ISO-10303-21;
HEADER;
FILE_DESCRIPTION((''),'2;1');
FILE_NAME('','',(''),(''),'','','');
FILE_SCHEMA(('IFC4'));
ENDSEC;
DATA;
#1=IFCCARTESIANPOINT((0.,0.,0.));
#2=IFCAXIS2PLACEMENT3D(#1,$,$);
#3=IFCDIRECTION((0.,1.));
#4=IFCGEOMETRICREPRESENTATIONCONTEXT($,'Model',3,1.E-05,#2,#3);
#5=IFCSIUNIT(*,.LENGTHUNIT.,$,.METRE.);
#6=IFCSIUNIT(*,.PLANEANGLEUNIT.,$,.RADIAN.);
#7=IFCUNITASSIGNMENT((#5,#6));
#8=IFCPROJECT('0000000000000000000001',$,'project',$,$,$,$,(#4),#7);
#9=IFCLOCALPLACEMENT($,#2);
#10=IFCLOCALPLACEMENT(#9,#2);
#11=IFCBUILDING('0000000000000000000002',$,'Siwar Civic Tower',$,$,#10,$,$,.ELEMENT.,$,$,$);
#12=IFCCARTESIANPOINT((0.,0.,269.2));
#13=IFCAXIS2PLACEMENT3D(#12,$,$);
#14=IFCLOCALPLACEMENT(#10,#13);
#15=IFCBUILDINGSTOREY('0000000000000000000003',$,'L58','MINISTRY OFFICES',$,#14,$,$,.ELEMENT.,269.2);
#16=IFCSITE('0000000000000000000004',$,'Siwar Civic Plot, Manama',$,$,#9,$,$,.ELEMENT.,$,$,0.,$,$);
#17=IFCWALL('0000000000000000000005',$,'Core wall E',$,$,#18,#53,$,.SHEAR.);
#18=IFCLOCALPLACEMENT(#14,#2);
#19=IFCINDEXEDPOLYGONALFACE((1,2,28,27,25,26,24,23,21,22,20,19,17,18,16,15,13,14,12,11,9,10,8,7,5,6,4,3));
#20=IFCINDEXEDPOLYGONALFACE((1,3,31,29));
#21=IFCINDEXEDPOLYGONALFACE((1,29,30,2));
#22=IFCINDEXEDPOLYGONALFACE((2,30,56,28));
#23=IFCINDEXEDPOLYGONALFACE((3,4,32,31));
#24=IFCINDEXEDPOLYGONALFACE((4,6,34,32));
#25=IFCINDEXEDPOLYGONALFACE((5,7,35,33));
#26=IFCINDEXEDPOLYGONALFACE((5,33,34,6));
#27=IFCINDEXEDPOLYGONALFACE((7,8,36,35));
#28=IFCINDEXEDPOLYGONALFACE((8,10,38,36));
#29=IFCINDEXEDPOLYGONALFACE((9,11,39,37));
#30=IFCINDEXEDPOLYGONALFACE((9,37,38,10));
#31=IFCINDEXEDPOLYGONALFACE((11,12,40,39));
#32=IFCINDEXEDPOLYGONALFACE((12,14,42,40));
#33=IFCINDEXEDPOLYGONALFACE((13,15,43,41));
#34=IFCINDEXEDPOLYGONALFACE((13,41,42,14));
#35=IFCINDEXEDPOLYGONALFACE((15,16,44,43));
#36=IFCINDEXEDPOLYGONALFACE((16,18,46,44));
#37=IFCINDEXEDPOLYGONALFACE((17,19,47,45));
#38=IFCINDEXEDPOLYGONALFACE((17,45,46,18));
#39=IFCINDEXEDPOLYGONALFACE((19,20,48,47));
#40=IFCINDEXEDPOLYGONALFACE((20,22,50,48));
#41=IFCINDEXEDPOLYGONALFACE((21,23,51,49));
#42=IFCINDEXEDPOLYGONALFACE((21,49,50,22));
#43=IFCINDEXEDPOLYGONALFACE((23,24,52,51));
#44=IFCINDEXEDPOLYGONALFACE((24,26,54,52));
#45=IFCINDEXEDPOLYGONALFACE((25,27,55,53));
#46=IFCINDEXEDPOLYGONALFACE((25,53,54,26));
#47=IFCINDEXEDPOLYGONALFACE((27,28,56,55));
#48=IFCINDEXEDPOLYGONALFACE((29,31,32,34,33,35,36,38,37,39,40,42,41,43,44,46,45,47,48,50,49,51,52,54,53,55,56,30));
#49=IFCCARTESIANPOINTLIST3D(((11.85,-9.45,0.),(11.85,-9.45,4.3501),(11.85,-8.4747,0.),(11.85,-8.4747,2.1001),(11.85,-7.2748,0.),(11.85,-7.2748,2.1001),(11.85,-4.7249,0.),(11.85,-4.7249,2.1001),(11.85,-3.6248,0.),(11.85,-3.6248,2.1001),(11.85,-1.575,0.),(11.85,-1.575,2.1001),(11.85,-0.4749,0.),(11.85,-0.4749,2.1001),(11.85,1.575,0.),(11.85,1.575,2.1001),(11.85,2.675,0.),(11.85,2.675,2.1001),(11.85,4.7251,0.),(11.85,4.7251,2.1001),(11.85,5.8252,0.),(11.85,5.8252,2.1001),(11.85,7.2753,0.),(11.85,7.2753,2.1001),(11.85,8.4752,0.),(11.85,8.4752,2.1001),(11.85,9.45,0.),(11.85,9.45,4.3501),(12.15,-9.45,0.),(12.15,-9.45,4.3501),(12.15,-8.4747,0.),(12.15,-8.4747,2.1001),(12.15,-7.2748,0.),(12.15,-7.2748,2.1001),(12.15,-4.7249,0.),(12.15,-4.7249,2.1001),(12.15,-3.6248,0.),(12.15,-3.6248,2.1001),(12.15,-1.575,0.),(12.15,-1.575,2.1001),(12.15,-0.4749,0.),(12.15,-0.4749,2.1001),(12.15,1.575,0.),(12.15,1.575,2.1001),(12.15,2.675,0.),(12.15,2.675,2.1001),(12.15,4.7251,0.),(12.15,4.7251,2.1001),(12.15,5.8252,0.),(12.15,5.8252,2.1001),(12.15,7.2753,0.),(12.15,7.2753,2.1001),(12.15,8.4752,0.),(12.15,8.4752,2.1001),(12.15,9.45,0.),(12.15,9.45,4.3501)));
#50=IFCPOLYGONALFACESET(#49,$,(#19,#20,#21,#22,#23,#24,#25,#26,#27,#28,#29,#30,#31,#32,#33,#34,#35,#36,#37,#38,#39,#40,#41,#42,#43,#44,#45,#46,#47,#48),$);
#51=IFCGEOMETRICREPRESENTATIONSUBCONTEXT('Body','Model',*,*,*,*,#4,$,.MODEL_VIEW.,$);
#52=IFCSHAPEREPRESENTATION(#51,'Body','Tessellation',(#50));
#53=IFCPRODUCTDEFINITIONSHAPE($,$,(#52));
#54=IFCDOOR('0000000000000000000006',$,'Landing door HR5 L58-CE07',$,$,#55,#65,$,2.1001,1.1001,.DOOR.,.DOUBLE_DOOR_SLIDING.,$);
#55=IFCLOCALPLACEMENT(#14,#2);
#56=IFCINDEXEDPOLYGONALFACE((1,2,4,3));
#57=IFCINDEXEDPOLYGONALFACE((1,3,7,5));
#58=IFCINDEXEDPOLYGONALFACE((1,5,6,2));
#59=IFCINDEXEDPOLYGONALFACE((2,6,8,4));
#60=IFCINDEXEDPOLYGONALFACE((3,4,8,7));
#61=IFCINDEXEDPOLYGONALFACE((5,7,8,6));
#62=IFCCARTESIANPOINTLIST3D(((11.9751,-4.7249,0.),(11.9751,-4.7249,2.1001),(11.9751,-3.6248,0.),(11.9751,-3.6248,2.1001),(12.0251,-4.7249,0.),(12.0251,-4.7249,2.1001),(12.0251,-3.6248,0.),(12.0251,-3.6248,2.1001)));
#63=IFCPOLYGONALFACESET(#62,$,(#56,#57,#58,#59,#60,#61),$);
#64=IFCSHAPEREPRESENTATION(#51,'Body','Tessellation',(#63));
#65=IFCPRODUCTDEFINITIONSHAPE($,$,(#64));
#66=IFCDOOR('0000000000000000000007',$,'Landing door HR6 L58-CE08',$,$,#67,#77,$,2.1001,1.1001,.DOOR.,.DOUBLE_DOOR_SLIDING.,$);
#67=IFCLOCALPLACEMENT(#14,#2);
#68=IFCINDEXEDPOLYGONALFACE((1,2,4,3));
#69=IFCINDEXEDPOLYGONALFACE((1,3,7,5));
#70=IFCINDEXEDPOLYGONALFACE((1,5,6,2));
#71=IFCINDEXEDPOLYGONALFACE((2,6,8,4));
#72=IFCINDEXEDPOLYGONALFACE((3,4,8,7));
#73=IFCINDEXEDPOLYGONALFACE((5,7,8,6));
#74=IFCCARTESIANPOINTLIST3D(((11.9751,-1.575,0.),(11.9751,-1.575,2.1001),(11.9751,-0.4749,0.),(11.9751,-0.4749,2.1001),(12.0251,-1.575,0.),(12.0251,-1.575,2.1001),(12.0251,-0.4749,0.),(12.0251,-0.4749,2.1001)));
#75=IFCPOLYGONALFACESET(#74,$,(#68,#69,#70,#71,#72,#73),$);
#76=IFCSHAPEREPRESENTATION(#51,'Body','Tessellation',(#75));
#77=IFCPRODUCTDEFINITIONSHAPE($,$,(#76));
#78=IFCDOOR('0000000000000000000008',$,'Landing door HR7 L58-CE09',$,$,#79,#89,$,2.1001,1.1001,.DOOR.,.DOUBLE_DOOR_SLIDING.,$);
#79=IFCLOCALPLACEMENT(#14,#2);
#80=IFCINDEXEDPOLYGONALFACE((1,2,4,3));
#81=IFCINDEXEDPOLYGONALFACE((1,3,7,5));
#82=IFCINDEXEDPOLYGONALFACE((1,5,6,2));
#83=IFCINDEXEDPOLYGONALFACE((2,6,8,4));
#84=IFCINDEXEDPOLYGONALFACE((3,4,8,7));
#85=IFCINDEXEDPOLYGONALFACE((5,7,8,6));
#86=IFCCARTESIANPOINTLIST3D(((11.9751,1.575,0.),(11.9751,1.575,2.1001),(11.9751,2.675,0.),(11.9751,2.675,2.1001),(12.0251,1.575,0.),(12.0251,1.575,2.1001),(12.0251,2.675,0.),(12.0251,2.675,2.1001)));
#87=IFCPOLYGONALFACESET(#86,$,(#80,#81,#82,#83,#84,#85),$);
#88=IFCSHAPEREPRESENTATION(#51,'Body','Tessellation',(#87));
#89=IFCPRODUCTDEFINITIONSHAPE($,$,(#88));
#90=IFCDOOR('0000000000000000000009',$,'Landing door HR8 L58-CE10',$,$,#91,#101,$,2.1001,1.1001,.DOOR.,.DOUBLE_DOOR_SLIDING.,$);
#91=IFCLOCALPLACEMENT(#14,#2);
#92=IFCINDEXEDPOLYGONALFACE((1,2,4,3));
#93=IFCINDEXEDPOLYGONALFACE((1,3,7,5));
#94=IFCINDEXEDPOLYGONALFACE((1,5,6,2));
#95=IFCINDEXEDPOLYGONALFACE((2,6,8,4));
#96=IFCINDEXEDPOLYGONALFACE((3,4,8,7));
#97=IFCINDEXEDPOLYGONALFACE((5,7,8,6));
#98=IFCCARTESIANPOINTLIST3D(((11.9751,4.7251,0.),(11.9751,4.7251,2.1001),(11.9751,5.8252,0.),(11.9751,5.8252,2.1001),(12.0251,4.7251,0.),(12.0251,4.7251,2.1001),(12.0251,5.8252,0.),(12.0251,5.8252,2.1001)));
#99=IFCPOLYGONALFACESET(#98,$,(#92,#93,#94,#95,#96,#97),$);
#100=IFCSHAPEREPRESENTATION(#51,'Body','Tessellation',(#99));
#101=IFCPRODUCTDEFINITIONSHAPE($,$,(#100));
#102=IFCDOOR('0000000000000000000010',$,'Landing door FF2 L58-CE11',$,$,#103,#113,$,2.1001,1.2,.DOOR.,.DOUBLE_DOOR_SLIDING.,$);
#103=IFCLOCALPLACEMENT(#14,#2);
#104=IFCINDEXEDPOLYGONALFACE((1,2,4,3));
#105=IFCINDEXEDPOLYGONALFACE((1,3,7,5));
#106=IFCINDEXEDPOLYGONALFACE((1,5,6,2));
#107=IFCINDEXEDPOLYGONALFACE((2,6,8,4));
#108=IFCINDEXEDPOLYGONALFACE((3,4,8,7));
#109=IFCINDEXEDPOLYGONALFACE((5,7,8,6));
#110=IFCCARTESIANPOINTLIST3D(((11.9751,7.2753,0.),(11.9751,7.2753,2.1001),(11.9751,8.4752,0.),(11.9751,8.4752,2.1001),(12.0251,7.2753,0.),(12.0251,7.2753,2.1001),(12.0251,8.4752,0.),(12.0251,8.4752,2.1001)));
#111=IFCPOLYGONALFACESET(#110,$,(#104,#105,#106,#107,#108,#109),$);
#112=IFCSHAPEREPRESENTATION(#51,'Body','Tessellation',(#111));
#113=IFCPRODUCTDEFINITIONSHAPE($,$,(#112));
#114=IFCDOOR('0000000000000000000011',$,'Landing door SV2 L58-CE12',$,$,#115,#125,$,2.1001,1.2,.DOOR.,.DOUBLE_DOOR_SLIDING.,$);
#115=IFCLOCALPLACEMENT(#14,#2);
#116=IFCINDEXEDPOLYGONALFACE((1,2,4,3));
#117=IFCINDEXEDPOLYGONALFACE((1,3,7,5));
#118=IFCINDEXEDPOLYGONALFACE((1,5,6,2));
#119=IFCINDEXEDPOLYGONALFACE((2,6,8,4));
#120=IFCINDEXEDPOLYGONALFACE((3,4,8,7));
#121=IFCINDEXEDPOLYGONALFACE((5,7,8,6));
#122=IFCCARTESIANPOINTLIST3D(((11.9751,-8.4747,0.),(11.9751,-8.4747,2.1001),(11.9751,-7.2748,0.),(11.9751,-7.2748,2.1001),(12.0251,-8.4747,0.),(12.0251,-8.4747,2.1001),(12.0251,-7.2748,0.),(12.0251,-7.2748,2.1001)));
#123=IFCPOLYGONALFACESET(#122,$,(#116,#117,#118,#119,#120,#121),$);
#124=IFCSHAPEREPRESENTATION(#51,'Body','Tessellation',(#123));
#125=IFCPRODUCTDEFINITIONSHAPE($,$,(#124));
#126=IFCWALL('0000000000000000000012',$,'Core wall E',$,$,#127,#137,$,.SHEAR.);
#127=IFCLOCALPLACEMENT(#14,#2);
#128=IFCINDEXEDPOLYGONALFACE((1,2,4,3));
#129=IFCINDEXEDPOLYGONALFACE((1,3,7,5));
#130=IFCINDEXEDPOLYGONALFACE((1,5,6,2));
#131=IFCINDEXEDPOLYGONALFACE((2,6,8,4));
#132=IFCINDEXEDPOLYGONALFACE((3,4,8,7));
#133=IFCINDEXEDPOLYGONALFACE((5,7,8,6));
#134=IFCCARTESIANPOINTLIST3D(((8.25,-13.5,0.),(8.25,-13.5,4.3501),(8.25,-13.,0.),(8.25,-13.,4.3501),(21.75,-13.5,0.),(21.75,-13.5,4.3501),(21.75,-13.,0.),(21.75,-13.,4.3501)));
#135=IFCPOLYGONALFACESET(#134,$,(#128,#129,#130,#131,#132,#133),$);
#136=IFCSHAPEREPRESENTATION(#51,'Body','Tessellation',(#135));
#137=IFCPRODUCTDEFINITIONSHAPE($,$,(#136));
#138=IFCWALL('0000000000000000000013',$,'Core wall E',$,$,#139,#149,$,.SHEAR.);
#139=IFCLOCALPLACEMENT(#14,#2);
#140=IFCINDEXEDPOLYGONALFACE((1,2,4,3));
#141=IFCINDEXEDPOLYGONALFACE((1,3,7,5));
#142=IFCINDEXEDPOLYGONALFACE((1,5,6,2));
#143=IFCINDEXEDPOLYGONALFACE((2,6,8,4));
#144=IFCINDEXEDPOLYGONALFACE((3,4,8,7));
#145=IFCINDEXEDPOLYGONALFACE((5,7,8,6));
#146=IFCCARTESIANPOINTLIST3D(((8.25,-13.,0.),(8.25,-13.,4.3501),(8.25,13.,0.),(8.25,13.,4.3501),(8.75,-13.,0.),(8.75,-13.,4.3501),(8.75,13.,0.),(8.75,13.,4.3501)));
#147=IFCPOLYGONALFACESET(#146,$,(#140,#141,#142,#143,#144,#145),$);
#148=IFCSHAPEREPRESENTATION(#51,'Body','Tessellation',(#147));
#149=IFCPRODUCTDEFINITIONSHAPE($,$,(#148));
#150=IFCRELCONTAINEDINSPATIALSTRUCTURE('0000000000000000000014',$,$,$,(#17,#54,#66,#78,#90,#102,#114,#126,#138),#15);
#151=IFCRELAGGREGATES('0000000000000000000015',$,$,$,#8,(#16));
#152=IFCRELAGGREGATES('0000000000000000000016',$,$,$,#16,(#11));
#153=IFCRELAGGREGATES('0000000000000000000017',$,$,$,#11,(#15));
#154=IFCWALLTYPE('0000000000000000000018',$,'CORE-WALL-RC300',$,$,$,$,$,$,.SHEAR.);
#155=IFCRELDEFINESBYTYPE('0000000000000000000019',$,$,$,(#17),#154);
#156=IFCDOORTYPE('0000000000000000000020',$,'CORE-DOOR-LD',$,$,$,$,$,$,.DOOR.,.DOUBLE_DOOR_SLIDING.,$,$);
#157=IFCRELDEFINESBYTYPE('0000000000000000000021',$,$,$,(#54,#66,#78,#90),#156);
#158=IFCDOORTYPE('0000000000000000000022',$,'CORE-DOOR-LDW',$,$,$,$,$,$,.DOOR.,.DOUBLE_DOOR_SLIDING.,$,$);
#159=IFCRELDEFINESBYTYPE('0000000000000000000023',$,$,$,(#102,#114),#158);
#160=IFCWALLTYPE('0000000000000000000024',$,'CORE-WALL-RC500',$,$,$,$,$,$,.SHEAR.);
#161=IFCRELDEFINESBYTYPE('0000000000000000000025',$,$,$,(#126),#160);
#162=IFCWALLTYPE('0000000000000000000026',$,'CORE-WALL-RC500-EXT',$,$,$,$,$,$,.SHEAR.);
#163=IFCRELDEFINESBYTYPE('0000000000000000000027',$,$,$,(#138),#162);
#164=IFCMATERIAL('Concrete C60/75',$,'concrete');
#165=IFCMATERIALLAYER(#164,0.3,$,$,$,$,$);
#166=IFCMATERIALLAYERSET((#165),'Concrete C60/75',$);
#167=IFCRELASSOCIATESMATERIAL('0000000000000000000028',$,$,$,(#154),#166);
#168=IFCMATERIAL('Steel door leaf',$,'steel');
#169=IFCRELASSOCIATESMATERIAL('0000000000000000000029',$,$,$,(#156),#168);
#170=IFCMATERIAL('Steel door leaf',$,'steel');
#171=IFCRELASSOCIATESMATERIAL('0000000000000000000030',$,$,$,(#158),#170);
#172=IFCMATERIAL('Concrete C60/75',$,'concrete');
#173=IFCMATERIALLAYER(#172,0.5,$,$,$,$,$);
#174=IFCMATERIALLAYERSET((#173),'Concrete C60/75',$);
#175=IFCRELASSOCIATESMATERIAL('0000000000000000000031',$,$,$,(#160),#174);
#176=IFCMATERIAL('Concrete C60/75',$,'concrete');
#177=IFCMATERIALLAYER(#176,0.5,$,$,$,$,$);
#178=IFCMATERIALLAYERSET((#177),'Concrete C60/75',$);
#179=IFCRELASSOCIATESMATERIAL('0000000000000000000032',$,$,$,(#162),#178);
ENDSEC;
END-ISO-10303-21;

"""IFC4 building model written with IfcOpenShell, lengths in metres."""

from ifc_helpers import new_model, si_unit, direction, frame, frame_2d, origin, place, context, subcontext, project, spatial, rectangle, extrude, material, layer, layer_set, type_object, element, fill, save


model = new_model("IFC4")

# Units and contexts
model_context = context("Model", 3, precision=1e-05, world=origin(), true_north=direction((0.0, 1.0)))
body_context = subcontext(model_context, "Body", "Model", "MODEL_VIEW")
ifc_project = project(units=[si_unit("LENGTHUNIT", "METRE"), si_unit("PLANEANGLEUNIT", "RADIAN")], contexts=[model_context])

# Site, building, storey
site_placement = place(None, origin())
site = spatial("IfcSite", under=ifc_project, at=site_placement, Name="Siwar Civic Plot, Manama", CompositionType="ELEMENT", RefElevation=0.0)
building_placement = place(site_placement, origin())
building = spatial("IfcBuilding", under=site, at=building_placement, Name="Siwar Civic Tower", CompositionType="ELEMENT")
storey_placement = place(building_placement, frame((0.0, 0.0, 269.2)))
storey = spatial("IfcBuildingStorey", under=building, at=storey_placement, Name="L58", Description="MINISTRY OFFICES", CompositionType="ELEMENT", Elevation=269.2)

# Wall, openings, doors
ifc_material_1 = material(Name="Concrete C60/75", Category="concrete")
ifc_layer_1 = layer(ifc_material_1, 0.3)
ifc_layer_set_1 = layer_set([ifc_layer_1], Name="Concrete C60/75")
wall_type_1 = type_object("IfcWallType", Name="CORE-WALL-RC300", PredefinedType="SHEAR", material=ifc_layer_set_1)
wall_1_placement = place(storey_placement, frame((12.0, -9.45, 0.0), z_axis=(0.0, 0.0, 1.0), x_axis=(0.0, 1.0, 0.0)))
wall_1 = element("IfcWall", 1, at=wall_1_placement, inside=storey, type_object=wall_type_1, Name="Core wall E", PredefinedType="SHEAR", context=body_context, shape_type="SweptSolid", body=[
    extrude(rectangle(XDim=18.8999, YDim=0.3, at=frame_2d((9.45, 0.0))), origin(), (0.0, 0.0, 1.0), 4.3501),
])
opening_1_placement = place(wall_1_placement, frame((4.7251, 0.0, 0.0)))
opening_1 = element("IfcOpeningElement", 2, at=opening_1_placement, cuts=wall_1, PredefinedType="OPENING", context=body_context, shape_type="SweptSolid", body=[
    extrude(rectangle(XDim=1.1001, YDim=2.1001, at=frame_2d((0.55, 1.05))), frame((0.0, 0.1602, 0.0), z_axis=(0.0, -1.0, 0.0), x_axis=(1.0, 0.0, 0.0)), (0.0, 0.0, 1.0), 0.3201),
])
opening_2_placement = place(wall_1_placement, frame((7.875, 0.0, 0.0)))
opening_2 = element("IfcOpeningElement", 3, at=opening_2_placement, cuts=wall_1, PredefinedType="OPENING", context=body_context, shape_type="SweptSolid", body=[
    extrude(rectangle(XDim=1.1001, YDim=2.1001, at=frame_2d((0.55, 1.05))), frame((0.0, 0.1602, 0.0), z_axis=(0.0, -1.0, 0.0), x_axis=(1.0, 0.0, 0.0)), (0.0, 0.0, 1.0), 0.3201),
])
opening_3_placement = place(wall_1_placement, frame((11.0249, 0.0, 0.0)))
opening_3 = element("IfcOpeningElement", 4, at=opening_3_placement, cuts=wall_1, PredefinedType="OPENING", context=body_context, shape_type="SweptSolid", body=[
    extrude(rectangle(XDim=1.1001, YDim=2.1001, at=frame_2d((0.55, 1.05))), frame((0.0, 0.1602, 0.0), z_axis=(0.0, -1.0, 0.0), x_axis=(1.0, 0.0, 0.0)), (0.0, 0.0, 1.0), 0.3201),
])
opening_4_placement = place(wall_1_placement, frame((14.175, 0.0, 0.0)))
opening_4 = element("IfcOpeningElement", 5, at=opening_4_placement, cuts=wall_1, PredefinedType="OPENING", context=body_context, shape_type="SweptSolid", body=[
    extrude(rectangle(XDim=1.1001, YDim=2.1001, at=frame_2d((0.55, 1.05))), frame((0.0, 0.1602, 0.0), z_axis=(0.0, -1.0, 0.0), x_axis=(1.0, 0.0, 0.0)), (0.0, 0.0, 1.0), 0.3201),
])
opening_5_placement = place(wall_1_placement, frame((16.7251, 0.0, 0.0)))
opening_5 = element("IfcOpeningElement", 6, at=opening_5_placement, cuts=wall_1, PredefinedType="OPENING", context=body_context, shape_type="SweptSolid", body=[
    extrude(rectangle(XDim=1.2, YDim=2.1001, at=frame_2d((0.6001, 1.05))), frame((0.0, 0.1602, 0.0), z_axis=(0.0, -1.0, 0.0), x_axis=(1.0, 0.0, 0.0)), (0.0, 0.0, 1.0), 0.3201),
])
opening_6_placement = place(wall_1_placement, frame((0.9751, 0.0, 0.0)))
opening_6 = element("IfcOpeningElement", 7, at=opening_6_placement, cuts=wall_1, PredefinedType="OPENING", context=body_context, shape_type="SweptSolid", body=[
    extrude(rectangle(XDim=1.2, YDim=2.1001, at=frame_2d((0.6001, 1.05))), frame((0.0, 0.1602, 0.0), z_axis=(0.0, -1.0, 0.0), x_axis=(1.0, 0.0, 0.0)), (0.0, 0.0, 1.0), 0.3201),
])
ifc_material_2 = material(Name="Steel door leaf", Category="steel")
door_type_1 = type_object("IfcDoorType", Name="CORE-DOOR-LD", OperationType="DOUBLE_DOOR_SLIDING", PredefinedType="DOOR", material=ifc_material_2)
door_1_placement = place(opening_1_placement, origin())
door_1 = element("IfcDoor", 8, at=door_1_placement, inside=storey, type_object=door_type_1, Name="Landing door HR5 L58-CE07", OperationType="DOUBLE_DOOR_SLIDING", OverallHeight=2.1001, OverallWidth=1.1001, PredefinedType="DOOR", context=body_context, shape_type="SweptSolid", body=[
    extrude(rectangle(XDim=1.1001, YDim=2.1001, at=frame_2d((0.55, 1.05))), frame((0.0, 0.0249, 0.0), z_axis=(0.0, -1.0, 0.0), x_axis=(1.0, 0.0, 0.0)), (0.0, 0.0, 1.0), 0.05),
])
fill(opening_1, door_1)
door_2_placement = place(opening_2_placement, origin())
door_2 = element("IfcDoor", 9, at=door_2_placement, inside=storey, type_object=door_type_1, Name="Landing door HR6 L58-CE08", OperationType="DOUBLE_DOOR_SLIDING", OverallHeight=2.1001, OverallWidth=1.1001, PredefinedType="DOOR", context=body_context, shape_type="SweptSolid", body=[
    extrude(rectangle(XDim=1.1001, YDim=2.1001, at=frame_2d((0.55, 1.05))), frame((0.0, 0.0249, 0.0), z_axis=(0.0, -1.0, 0.0), x_axis=(1.0, 0.0, 0.0)), (0.0, 0.0, 1.0), 0.05),
])
fill(opening_2, door_2)
door_3_placement = place(opening_3_placement, origin())
door_3 = element("IfcDoor", 10, at=door_3_placement, inside=storey, type_object=door_type_1, Name="Landing door HR7 L58-CE09", OperationType="DOUBLE_DOOR_SLIDING", OverallHeight=2.1001, OverallWidth=1.1001, PredefinedType="DOOR", context=body_context, shape_type="SweptSolid", body=[
    extrude(rectangle(XDim=1.1001, YDim=2.1001, at=frame_2d((0.55, 1.05))), frame((0.0, 0.0249, 0.0), z_axis=(0.0, -1.0, 0.0), x_axis=(1.0, 0.0, 0.0)), (0.0, 0.0, 1.0), 0.05),
])
fill(opening_3, door_3)
door_4_placement = place(opening_4_placement, origin())
door_4 = element("IfcDoor", 11, at=door_4_placement, inside=storey, type_object=door_type_1, Name="Landing door HR8 L58-CE10", OperationType="DOUBLE_DOOR_SLIDING", OverallHeight=2.1001, OverallWidth=1.1001, PredefinedType="DOOR", context=body_context, shape_type="SweptSolid", body=[
    extrude(rectangle(XDim=1.1001, YDim=2.1001, at=frame_2d((0.55, 1.05))), frame((0.0, 0.0249, 0.0), z_axis=(0.0, -1.0, 0.0), x_axis=(1.0, 0.0, 0.0)), (0.0, 0.0, 1.0), 0.05),
])
fill(opening_4, door_4)
ifc_material_3 = material(Name="Steel door leaf", Category="steel")
door_type_2 = type_object("IfcDoorType", Name="CORE-DOOR-LDW", OperationType="DOUBLE_DOOR_SLIDING", PredefinedType="DOOR", material=ifc_material_3)
door_5_placement = place(opening_5_placement, origin())
door_5 = element("IfcDoor", 12, at=door_5_placement, inside=storey, type_object=door_type_2, Name="Landing door FF2 L58-CE11", OperationType="DOUBLE_DOOR_SLIDING", OverallHeight=2.1001, OverallWidth=1.2, PredefinedType="DOOR", context=body_context, shape_type="SweptSolid", body=[
    extrude(rectangle(XDim=1.2, YDim=2.1001, at=frame_2d((0.6001, 1.05))), frame((0.0, 0.0249, 0.0), z_axis=(0.0, -1.0, 0.0), x_axis=(1.0, 0.0, 0.0)), (0.0, 0.0, 1.0), 0.05),
])
fill(opening_5, door_5)
door_6_placement = place(opening_6_placement, origin())
door_6 = element("IfcDoor", 13, at=door_6_placement, inside=storey, type_object=door_type_2, Name="Landing door SV2 L58-CE12", OperationType="DOUBLE_DOOR_SLIDING", OverallHeight=2.1001, OverallWidth=1.2, PredefinedType="DOOR", context=body_context, shape_type="SweptSolid", body=[
    extrude(rectangle(XDim=1.2, YDim=2.1001, at=frame_2d((0.6001, 1.05))), frame((0.0, 0.0249, 0.0), z_axis=(0.0, -1.0, 0.0), x_axis=(1.0, 0.0, 0.0)), (0.0, 0.0, 1.0), 0.05),
])
fill(opening_6, door_6)

# Walls
ifc_material_4 = material(Name="Concrete C60/75", Category="concrete")
ifc_layer_2 = layer(ifc_material_4, 0.5)
ifc_layer_set_2 = layer_set([ifc_layer_2], Name="Concrete C60/75")
wall_type_2 = type_object("IfcWallType", Name="CORE-WALL-RC500", PredefinedType="SHEAR", material=ifc_layer_set_2)
wall_2_placement = place(storey_placement, frame((8.25, -13.25, 0.0), z_axis=(0.0, 0.0, 1.0), x_axis=(1.0, 0.0, 0.0)))
element("IfcWall", 14, at=wall_2_placement, inside=storey, type_object=wall_type_2, Name="Core wall E", PredefinedType="SHEAR", context=body_context, shape_type="SweptSolid", body=[
    extrude(rectangle(XDim=13.5, YDim=0.5, at=frame_2d((6.75, 0.0))), origin(), (0.0, 0.0, 1.0), 4.3501),
])
ifc_material_5 = material(Name="Concrete C60/75", Category="concrete")
ifc_layer_3 = layer(ifc_material_5, 0.5)
ifc_layer_set_3 = layer_set([ifc_layer_3], Name="Concrete C60/75")
wall_type_3 = type_object("IfcWallType", Name="CORE-WALL-RC500-EXT", PredefinedType="SHEAR", material=ifc_layer_set_3)
wall_3_placement = place(storey_placement, frame((8.5, -13.0, 0.0), z_axis=(0.0, 0.0, 1.0), x_axis=(0.0, 1.0, 0.0)))
element("IfcWall", 15, at=wall_3_placement, inside=storey, type_object=wall_type_3, Name="Core wall E", PredefinedType="SHEAR", context=body_context, shape_type="SweptSolid", body=[
    extrude(rectangle(XDim=26.0, YDim=0.5, at=frame_2d((13.0, 0.0))), origin(), (0.0, 0.0, 1.0), 4.3501),
])

save(model, "model.ifc")
